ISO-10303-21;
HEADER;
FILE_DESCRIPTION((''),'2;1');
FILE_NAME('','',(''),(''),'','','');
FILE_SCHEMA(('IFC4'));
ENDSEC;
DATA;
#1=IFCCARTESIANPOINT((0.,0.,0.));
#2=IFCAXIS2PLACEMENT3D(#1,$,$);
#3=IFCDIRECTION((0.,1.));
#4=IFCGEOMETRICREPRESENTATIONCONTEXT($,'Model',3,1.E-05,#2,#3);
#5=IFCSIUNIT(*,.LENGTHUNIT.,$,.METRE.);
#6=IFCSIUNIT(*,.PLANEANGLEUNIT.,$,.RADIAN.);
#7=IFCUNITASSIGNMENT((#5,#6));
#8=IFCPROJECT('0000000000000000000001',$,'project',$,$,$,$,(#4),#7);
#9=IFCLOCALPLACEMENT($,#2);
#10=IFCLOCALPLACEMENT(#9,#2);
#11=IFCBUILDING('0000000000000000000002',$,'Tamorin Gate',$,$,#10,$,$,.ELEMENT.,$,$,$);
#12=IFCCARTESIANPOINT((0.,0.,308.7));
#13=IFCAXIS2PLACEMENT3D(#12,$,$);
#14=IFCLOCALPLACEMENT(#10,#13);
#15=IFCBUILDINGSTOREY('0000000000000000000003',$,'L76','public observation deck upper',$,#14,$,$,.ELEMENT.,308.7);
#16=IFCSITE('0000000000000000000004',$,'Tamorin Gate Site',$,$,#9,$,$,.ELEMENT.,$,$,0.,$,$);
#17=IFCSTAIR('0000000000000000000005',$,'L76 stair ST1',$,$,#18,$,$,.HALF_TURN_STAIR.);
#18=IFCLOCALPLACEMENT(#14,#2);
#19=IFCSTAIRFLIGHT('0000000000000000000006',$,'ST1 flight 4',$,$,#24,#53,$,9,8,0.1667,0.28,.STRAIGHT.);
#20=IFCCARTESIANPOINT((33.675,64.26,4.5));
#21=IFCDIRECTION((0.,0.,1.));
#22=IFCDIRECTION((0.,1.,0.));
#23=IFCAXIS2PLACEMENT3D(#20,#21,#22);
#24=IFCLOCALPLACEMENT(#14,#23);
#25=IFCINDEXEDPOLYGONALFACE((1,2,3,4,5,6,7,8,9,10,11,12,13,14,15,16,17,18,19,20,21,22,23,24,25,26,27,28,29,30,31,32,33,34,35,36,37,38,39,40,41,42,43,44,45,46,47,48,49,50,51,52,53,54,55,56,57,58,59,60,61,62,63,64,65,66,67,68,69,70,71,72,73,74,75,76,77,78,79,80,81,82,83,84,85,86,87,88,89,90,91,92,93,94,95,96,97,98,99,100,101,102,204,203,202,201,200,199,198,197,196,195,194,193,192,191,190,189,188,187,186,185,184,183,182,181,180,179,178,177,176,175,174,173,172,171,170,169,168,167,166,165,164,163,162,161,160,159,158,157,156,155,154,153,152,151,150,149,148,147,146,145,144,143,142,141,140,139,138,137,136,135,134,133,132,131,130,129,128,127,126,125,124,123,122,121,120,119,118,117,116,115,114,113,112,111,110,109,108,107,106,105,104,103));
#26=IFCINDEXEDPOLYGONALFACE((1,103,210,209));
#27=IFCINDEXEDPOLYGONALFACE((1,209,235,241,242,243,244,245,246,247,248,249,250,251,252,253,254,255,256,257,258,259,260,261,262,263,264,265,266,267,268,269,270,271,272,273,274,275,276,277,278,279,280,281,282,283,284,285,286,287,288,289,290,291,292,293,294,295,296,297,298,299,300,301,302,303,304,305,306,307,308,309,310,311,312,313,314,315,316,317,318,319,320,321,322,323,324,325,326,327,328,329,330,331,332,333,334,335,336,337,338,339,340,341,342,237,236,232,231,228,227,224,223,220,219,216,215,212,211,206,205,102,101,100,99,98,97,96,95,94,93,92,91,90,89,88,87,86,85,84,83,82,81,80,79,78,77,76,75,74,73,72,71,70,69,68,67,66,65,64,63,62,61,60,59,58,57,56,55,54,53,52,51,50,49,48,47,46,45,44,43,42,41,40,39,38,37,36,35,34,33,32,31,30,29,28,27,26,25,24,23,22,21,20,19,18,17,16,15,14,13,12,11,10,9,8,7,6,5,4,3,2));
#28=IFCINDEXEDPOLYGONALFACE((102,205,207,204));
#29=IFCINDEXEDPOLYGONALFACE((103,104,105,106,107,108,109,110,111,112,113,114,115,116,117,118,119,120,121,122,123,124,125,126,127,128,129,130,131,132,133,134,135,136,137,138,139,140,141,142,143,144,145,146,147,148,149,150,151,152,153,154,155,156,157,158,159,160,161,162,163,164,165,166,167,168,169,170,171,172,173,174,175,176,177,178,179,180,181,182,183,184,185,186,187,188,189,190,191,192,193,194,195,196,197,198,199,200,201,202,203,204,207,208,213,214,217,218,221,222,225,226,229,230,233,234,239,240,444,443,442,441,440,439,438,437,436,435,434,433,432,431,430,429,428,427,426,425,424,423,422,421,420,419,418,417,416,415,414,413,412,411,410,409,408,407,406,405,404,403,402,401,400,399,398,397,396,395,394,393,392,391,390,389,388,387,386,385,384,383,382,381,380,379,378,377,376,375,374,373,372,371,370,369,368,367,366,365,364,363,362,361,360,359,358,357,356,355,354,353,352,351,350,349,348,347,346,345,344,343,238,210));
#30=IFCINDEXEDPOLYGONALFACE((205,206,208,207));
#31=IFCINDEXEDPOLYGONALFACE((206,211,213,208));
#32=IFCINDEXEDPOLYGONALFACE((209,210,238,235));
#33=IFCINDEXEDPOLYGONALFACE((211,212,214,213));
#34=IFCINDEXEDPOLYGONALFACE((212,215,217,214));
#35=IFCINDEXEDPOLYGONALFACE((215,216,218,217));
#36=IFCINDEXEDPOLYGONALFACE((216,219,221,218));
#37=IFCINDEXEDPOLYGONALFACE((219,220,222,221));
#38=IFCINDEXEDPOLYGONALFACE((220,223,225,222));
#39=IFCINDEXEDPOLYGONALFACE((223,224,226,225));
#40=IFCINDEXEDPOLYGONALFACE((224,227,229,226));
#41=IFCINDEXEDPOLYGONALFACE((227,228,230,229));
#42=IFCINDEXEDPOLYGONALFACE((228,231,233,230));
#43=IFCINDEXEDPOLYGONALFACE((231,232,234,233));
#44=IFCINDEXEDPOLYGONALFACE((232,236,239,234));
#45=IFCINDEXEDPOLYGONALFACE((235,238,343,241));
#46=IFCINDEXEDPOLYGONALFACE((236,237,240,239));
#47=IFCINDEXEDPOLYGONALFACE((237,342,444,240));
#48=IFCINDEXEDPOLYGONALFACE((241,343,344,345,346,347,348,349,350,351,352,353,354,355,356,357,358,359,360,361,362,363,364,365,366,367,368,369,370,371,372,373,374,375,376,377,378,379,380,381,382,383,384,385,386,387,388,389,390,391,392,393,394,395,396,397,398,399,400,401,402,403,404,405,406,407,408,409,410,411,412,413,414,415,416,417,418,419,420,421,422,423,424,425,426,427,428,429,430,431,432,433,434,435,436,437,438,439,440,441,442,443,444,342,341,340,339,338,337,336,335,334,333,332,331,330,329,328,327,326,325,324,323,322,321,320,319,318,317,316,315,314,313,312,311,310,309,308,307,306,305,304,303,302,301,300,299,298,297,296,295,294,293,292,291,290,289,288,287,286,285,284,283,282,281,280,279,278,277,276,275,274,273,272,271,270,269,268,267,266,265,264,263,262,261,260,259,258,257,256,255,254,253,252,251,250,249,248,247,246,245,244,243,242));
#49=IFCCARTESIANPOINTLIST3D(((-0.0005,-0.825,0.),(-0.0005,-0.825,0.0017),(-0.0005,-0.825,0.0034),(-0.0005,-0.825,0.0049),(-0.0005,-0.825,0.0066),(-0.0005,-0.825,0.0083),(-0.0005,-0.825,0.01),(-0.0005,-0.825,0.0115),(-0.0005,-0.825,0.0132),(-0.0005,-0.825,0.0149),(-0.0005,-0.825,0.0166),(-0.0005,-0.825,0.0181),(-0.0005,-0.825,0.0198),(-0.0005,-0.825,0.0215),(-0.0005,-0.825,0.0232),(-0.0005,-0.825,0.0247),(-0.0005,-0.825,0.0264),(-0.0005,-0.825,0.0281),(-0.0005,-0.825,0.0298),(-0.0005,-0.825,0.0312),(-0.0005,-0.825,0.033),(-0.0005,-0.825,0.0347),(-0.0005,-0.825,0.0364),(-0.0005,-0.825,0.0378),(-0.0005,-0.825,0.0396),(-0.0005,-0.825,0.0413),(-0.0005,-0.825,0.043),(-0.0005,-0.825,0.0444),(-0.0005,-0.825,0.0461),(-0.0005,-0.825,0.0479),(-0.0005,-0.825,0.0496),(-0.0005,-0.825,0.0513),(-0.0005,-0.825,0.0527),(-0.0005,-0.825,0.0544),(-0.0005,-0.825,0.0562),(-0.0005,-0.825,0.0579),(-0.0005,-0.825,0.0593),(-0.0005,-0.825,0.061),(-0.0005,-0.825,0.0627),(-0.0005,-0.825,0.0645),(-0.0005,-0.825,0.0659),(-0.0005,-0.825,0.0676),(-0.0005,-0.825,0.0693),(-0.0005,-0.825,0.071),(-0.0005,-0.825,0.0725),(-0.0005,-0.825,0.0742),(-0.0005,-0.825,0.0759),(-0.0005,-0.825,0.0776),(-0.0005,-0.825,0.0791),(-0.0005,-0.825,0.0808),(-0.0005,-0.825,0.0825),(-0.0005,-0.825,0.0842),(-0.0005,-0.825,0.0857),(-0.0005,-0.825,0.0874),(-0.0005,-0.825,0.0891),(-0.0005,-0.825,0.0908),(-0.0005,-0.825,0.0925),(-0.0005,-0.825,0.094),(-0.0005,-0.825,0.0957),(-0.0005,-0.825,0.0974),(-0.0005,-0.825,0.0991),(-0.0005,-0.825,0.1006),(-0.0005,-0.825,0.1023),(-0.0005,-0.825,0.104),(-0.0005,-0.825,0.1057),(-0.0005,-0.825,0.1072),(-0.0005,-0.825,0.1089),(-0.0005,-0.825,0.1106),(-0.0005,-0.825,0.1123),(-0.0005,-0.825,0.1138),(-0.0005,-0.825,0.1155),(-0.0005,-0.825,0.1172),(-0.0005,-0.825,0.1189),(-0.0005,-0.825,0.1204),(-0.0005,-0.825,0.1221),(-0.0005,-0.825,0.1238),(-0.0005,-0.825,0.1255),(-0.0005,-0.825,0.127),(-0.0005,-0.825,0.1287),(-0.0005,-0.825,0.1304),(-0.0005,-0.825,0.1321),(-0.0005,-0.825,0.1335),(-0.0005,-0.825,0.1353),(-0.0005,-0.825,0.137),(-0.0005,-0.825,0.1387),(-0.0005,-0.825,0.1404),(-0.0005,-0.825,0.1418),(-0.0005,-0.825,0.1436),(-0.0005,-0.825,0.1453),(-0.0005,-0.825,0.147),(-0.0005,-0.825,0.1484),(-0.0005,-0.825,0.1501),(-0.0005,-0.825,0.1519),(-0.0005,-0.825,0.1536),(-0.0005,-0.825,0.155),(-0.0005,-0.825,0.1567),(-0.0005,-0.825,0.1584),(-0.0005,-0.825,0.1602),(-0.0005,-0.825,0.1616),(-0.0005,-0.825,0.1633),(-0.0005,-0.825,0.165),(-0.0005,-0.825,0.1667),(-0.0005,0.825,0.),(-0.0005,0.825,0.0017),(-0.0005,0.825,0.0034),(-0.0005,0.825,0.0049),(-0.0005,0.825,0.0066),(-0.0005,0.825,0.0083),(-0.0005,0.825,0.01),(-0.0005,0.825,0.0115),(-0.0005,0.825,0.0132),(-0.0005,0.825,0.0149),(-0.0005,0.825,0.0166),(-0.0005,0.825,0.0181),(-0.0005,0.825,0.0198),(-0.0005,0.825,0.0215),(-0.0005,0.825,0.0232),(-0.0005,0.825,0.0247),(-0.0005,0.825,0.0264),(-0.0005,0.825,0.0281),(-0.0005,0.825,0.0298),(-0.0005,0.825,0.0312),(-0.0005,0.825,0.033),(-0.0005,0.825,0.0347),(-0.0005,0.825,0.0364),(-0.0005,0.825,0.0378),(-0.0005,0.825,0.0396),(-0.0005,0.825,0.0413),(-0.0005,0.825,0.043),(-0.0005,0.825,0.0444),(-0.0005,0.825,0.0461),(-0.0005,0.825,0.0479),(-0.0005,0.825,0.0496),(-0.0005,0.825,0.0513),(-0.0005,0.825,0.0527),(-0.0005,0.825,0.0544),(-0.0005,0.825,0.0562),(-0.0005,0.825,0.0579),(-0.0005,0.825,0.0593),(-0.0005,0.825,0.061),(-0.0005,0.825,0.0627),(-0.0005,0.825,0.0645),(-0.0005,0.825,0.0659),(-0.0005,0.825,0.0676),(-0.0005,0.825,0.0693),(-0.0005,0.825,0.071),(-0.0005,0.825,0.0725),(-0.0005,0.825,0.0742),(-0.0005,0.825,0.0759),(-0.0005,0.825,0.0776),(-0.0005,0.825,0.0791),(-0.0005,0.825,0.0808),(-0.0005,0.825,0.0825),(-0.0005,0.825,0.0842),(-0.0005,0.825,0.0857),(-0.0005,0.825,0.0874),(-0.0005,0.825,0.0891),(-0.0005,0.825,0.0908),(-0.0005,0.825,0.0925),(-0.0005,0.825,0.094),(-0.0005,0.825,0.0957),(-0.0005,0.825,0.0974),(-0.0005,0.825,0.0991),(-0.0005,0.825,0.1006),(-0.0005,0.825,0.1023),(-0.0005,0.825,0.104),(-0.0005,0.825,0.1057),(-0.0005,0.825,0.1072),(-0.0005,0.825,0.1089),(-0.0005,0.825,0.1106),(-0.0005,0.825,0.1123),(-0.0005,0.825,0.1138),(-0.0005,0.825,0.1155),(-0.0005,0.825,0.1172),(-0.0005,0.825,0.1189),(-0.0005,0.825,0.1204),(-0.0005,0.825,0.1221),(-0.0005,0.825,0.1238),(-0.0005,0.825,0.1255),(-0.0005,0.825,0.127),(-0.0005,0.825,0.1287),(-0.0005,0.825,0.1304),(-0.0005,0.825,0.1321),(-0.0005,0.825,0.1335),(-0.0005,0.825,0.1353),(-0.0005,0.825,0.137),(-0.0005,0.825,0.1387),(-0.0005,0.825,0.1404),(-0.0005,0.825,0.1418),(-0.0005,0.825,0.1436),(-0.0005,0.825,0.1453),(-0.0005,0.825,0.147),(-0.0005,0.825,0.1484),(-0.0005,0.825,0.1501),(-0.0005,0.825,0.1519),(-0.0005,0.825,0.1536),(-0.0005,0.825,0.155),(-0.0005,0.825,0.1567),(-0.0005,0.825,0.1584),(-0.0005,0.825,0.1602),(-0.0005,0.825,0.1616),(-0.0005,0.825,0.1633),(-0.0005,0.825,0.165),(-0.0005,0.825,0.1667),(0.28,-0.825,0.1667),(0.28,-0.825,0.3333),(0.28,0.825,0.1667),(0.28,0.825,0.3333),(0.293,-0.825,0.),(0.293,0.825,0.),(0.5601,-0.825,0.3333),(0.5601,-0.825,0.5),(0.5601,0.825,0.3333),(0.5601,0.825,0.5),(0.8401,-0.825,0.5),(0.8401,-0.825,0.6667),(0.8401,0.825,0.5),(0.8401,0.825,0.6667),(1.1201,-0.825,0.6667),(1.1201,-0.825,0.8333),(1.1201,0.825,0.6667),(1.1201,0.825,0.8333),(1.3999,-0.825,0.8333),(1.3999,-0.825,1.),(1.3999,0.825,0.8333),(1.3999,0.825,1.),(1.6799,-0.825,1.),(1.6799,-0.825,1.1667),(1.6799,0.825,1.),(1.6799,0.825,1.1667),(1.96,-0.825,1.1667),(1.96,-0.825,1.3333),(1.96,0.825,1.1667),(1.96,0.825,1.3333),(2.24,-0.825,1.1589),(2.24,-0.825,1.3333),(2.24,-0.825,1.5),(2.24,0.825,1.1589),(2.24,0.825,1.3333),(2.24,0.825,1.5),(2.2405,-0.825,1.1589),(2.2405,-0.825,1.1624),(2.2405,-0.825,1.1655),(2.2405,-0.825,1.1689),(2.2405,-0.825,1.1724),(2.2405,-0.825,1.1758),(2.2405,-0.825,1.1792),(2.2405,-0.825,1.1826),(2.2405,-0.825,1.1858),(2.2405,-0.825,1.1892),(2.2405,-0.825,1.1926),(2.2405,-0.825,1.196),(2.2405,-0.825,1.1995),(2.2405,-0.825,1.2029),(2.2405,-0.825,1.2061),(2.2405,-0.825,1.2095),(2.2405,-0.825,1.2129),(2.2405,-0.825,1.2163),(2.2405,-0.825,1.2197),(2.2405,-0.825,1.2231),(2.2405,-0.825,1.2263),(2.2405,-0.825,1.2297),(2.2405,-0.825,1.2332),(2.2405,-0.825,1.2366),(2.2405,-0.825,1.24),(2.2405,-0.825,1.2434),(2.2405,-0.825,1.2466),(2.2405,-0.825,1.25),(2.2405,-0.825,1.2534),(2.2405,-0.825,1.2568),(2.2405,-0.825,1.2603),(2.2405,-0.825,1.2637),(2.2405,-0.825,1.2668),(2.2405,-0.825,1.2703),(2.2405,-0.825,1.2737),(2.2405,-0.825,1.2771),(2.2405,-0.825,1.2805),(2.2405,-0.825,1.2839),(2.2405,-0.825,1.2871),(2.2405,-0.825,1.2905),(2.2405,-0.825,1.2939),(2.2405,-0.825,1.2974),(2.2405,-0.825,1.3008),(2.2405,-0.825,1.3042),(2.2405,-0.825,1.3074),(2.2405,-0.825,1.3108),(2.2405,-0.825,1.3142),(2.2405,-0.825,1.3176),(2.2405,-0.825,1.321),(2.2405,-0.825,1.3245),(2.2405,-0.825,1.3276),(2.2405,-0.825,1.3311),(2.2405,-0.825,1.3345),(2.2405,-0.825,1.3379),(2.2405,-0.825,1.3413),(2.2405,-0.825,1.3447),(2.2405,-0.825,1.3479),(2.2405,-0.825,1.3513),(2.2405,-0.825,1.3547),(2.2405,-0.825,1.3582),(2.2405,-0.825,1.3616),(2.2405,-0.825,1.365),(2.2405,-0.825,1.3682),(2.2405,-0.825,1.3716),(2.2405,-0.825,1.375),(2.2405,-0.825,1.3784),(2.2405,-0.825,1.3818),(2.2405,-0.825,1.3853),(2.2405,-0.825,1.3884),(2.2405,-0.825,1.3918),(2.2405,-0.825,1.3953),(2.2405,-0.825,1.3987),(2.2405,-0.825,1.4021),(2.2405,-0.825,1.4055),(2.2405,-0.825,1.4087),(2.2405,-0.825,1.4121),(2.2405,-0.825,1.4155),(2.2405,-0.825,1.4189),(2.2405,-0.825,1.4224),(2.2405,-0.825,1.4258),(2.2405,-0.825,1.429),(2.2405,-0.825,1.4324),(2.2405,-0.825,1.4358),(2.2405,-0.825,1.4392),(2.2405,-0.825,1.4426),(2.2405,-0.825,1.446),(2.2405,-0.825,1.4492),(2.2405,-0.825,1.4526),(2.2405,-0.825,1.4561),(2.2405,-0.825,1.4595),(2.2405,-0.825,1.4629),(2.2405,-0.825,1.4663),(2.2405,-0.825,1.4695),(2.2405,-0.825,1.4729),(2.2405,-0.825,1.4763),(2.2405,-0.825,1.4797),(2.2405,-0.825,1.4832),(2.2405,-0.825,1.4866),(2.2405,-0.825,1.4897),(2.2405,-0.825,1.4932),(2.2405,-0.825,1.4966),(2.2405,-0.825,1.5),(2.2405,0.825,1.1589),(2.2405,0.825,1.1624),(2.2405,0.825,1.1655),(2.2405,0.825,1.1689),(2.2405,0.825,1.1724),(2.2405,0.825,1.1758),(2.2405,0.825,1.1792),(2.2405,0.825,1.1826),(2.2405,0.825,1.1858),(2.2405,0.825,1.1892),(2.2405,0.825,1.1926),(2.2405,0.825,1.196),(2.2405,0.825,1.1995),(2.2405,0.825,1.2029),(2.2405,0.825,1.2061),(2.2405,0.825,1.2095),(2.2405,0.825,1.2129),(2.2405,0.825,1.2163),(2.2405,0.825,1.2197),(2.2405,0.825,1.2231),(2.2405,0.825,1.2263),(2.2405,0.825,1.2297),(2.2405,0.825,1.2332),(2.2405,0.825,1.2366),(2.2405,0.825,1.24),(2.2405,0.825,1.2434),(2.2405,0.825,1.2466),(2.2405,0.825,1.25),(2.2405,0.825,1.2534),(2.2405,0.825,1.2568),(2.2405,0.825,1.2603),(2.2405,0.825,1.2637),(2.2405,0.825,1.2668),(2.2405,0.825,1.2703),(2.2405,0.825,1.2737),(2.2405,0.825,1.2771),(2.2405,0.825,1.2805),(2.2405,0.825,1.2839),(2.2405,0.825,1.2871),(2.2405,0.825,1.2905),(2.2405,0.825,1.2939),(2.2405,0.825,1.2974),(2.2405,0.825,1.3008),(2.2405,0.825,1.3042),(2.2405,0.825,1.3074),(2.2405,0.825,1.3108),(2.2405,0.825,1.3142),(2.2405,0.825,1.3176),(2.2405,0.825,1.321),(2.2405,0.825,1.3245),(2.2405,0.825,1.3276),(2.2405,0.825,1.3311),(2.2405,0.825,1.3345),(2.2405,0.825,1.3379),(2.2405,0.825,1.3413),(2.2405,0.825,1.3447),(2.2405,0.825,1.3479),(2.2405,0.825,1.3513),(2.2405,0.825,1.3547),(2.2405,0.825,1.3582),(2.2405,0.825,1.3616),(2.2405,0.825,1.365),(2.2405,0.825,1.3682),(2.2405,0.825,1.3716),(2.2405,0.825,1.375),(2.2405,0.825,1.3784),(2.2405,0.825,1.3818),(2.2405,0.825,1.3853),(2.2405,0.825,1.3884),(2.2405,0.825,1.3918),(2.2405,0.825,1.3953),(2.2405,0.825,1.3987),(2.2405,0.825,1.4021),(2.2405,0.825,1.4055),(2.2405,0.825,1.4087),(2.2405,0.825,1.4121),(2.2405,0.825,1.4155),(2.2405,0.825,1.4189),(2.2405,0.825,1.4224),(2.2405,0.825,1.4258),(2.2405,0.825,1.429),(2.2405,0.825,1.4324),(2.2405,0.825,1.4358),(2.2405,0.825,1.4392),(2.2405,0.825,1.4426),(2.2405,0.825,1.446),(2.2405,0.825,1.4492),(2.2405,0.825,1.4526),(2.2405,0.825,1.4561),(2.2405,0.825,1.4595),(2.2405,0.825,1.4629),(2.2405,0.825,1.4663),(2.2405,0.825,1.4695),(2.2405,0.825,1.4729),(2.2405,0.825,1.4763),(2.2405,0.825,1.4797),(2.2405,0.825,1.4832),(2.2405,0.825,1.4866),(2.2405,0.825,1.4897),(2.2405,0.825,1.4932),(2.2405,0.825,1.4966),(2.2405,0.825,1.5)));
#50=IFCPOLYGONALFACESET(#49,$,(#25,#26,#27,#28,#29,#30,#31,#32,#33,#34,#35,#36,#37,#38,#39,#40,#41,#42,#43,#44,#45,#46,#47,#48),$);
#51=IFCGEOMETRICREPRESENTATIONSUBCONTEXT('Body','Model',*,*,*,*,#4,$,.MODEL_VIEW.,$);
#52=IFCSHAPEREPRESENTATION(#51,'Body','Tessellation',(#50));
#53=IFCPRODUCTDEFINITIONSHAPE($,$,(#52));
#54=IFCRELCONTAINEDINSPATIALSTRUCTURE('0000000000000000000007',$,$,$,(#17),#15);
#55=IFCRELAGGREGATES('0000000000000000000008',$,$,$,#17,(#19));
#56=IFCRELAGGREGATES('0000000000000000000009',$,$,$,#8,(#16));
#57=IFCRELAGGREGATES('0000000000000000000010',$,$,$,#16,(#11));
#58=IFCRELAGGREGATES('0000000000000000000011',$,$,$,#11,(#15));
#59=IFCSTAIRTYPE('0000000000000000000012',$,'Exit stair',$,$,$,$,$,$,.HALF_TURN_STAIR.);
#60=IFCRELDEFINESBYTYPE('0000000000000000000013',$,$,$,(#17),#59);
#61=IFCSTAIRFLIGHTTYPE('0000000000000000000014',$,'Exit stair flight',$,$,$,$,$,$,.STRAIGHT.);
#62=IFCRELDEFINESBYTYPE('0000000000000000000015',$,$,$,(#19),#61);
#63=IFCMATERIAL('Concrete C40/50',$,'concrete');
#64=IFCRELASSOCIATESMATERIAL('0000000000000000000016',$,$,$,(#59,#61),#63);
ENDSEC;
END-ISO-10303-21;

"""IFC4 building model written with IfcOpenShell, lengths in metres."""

from ifc_helpers import new_model, si_unit, direction, frame, origin, place, context, subcontext, project, spatial, polyline, outline, extrude, material, type_object, element, aggregate, save


model = new_model("IFC4")

# Units and contexts
model_context = context("Model", 3, precision=1e-05, world=origin(), true_north=direction((0.0, 1.0)))
body_context = subcontext(model_context, "Body", "Model", "MODEL_VIEW")
ifc_project = project(units=[si_unit("LENGTHUNIT", "METRE"), si_unit("PLANEANGLEUNIT", "RADIAN")], contexts=[model_context])

# Site, building, storey
site_placement = place(None, origin())
site = spatial("IfcSite", under=ifc_project, at=site_placement, Name="Tamorin Gate Site", CompositionType="ELEMENT", RefElevation=0.0)
building_placement = place(site_placement, origin())
building = spatial("IfcBuilding", under=site, at=building_placement, Name="Tamorin Gate", CompositionType="ELEMENT")
storey_placement = place(building_placement, frame((0.0, 0.0, 308.7)))
storey = spatial("IfcBuildingStorey", under=building, at=storey_placement, Name="L76", Description="public observation deck upper", CompositionType="ELEMENT", Elevation=308.7)

# Stair, stair flight
ifc_material_1 = material(Name="Concrete C40/50", Category="concrete")
stair_type = type_object("IfcStairType", Name="Exit stair", PredefinedType="HALF_TURN_STAIR", material=ifc_material_1)
stair_placement = place(storey_placement, origin())
stair = element("IfcStair", 1, at=stair_placement, inside=storey, type_object=stair_type, Name="L76 stair ST1", PredefinedType="HALF_TURN_STAIR")
stair_flight_type = type_object("IfcStairFlightType", Name="Exit stair flight", PredefinedType="STRAIGHT", material=ifc_material_1)
stair_flight_1_placement = place(storey_placement, frame((33.675, 64.26, 4.5), z_axis=(0.0, 0.0, 1.0), x_axis=(0.0, 1.0, 0.0)))
stair_flight_1 = element("IfcStairFlight", 2, at=stair_flight_1_placement, type_object=stair_flight_type, Name="ST1 flight 4", NumberOfRisers=9, NumberOfTreads=8, PredefinedType="STRAIGHT", RiserHeight=0.1667, TreadLength=0.28, context=body_context, shape_type="SweptSolid", body=[
    extrude(outline(polyline([(-0.0005, 0.0), (-0.0005, 0.0017), (-0.0005, 0.0034), (-0.0005, 0.0049), (-0.0005, 0.0066), (-0.0005, 0.0083), (-0.0005, 0.01), (-0.0005, 0.0115), (-0.0005, 0.0132), (-0.0005, 0.0149), (-0.0005, 0.0166), (-0.0005, 0.0181), (-0.0005, 0.0198), (-0.0005, 0.0215), (-0.0005, 0.0232), (-0.0005, 0.0247), (-0.0005, 0.0264), (-0.0005, 0.0281), (-0.0005, 0.0298), (-0.0005, 0.0312), (-0.0005, 0.033), (-0.0005, 0.0347), (-0.0005, 0.0364), (-0.0005, 0.0378), (-0.0005, 0.0396), (-0.0005, 0.0413), (-0.0005, 0.043), (-0.0005, 0.0444), (-0.0005, 0.0461), (-0.0005, 0.0479), (-0.0005, 0.0496), (-0.0005, 0.0513), (-0.0005, 0.0527), (-0.0005, 0.0544), (-0.0005, 0.0562), (-0.0005, 0.0579), (-0.0005, 0.0593), (-0.0005, 0.061), (-0.0005, 0.0627), (-0.0005, 0.0645), (-0.0005, 0.0659), (-0.0005, 0.0676), (-0.0005, 0.0693), (-0.0005, 0.071), (-0.0005, 0.0725), (-0.0005, 0.0742), (-0.0005, 0.0759), (-0.0005, 0.0776), (-0.0005, 0.0791), (-0.0005, 0.0808), (-0.0005, 0.0825), (-0.0005, 0.0842), (-0.0005, 0.0857), (-0.0005, 0.0874), (-0.0005, 0.0891), (-0.0005, 0.0908), (-0.0005, 0.0925), (-0.0005, 0.094), (-0.0005, 0.0957), (-0.0005, 0.0974), (-0.0005, 0.0991), (-0.0005, 0.1006), (-0.0005, 0.1023), (-0.0005, 0.104), (-0.0005, 0.1057), (-0.0005, 0.1072), (-0.0005, 0.1089), (-0.0005, 0.1106), (-0.0005, 0.1123), (-0.0005, 0.1138), (-0.0005, 0.1155), (-0.0005, 0.1172), (-0.0005, 0.1189), (-0.0005, 0.1204), (-0.0005, 0.1221), (-0.0005, 0.1238), (-0.0005, 0.1255), (-0.0005, 0.127), (-0.0005, 0.1287), (-0.0005, 0.1304), (-0.0005, 0.1321), (-0.0005, 0.1335), (-0.0005, 0.1353), (-0.0005, 0.137), (-0.0005, 0.1387), (-0.0005, 0.1404), (-0.0005, 0.1418), (-0.0005, 0.1436), (-0.0005, 0.1453), (-0.0005, 0.147), (-0.0005, 0.1484), (-0.0005, 0.1501), (-0.0005, 0.1519), (-0.0005, 0.1536), (-0.0005, 0.155), (-0.0005, 0.1567), (-0.0005, 0.1584), (-0.0005, 0.1602), (-0.0005, 0.1616), (-0.0005, 0.1633), (-0.0005, 0.165), (-0.0005, 0.1667), (0.28, 0.1667), (0.28, 0.3333), (0.5601, 0.3333), (0.5601, 0.5), (0.8401, 0.5), (0.8401, 0.6667), (1.1201, 0.6667), (1.1201, 0.8333), (1.3999, 0.8333), (1.3999, 1.0), (1.6799, 1.0), (1.6799, 1.1667), (1.96, 1.1667), (1.96, 1.3333), (2.24, 1.3333), (2.24, 1.5), (2.2405, 1.5), (2.2405, 1.4966), (2.2405, 1.4932), (2.2405, 1.4897), (2.2405, 1.4866), (2.2405, 1.4832), (2.2405, 1.4797), (2.2405, 1.4763), (2.2405, 1.4729), (2.2405, 1.4695), (2.2405, 1.4663), (2.2405, 1.4629), (2.2405, 1.4595), (2.2405, 1.4561), (2.2405, 1.4526), (2.2405, 1.4492), (2.2405, 1.446), (2.2405, 1.4426), (2.2405, 1.4392), (2.2405, 1.4358), (2.2405, 1.4324), (2.2405, 1.429), (2.2405, 1.4258), (2.2405, 1.4224), (2.2405, 1.4189), (2.2405, 1.4155), (2.2405, 1.4121), (2.2405, 1.4087), (2.2405, 1.4055), (2.2405, 1.4021), (2.2405, 1.3987), (2.2405, 1.3953), (2.2405, 1.3918), (2.2405, 1.3884), (2.2405, 1.3853), (2.2405, 1.3818), (2.2405, 1.3784), (2.2405, 1.375), (2.2405, 1.3716), (2.2405, 1.3682), (2.2405, 1.365), (2.2405, 1.3616), (2.2405, 1.3582), (2.2405, 1.3547), (2.2405, 1.3513), (2.2405, 1.3479), (2.2405, 1.3447), (2.2405, 1.3413), (2.2405, 1.3379), (2.2405, 1.3345), (2.2405, 1.3311), (2.2405, 1.3276), (2.2405, 1.3245), (2.2405, 1.321), (2.2405, 1.3176), (2.2405, 1.3142), (2.2405, 1.3108), (2.2405, 1.3074), (2.2405, 1.3042), (2.2405, 1.3008), (2.2405, 1.2974), (2.2405, 1.2939), (2.2405, 1.2905), (2.2405, 1.2871), (2.2405, 1.2839), (2.2405, 1.2805), (2.2405, 1.2771), (2.2405, 1.2737), (2.2405, 1.2703), (2.2405, 1.2668), (2.2405, 1.2637), (2.2405, 1.2603), (2.2405, 1.2568), (2.2405, 1.2534), (2.2405, 1.25), (2.2405, 1.2466), (2.2405, 1.2434), (2.2405, 1.24), (2.2405, 1.2366), (2.2405, 1.2332), (2.2405, 1.2297), (2.2405, 1.2263), (2.2405, 1.2231), (2.2405, 1.2197), (2.2405, 1.2163), (2.2405, 1.2129), (2.2405, 1.2095), (2.2405, 1.2061), (2.2405, 1.2029), (2.2405, 1.1995), (2.2405, 1.196), (2.2405, 1.1926), (2.2405, 1.1892), (2.2405, 1.1858), (2.2405, 1.1826), (2.2405, 1.1792), (2.2405, 1.1758), (2.2405, 1.1724), (2.2405, 1.1689), (2.2405, 1.1655), (2.2405, 1.1624), (2.2405, 1.1589), (2.24, 1.1589), (0.293, 0.0), (-0.0005, 0.0)])), frame((0.0, 0.825, 0.0), z_axis=(0.0, -1.0, 0.0), x_axis=(1.0, 0.0, 0.0)), (0.0, 0.0, 1.0), 1.6499),
])
aggregate(stair, [stair_flight_1])

save(model, "model.ifc")
